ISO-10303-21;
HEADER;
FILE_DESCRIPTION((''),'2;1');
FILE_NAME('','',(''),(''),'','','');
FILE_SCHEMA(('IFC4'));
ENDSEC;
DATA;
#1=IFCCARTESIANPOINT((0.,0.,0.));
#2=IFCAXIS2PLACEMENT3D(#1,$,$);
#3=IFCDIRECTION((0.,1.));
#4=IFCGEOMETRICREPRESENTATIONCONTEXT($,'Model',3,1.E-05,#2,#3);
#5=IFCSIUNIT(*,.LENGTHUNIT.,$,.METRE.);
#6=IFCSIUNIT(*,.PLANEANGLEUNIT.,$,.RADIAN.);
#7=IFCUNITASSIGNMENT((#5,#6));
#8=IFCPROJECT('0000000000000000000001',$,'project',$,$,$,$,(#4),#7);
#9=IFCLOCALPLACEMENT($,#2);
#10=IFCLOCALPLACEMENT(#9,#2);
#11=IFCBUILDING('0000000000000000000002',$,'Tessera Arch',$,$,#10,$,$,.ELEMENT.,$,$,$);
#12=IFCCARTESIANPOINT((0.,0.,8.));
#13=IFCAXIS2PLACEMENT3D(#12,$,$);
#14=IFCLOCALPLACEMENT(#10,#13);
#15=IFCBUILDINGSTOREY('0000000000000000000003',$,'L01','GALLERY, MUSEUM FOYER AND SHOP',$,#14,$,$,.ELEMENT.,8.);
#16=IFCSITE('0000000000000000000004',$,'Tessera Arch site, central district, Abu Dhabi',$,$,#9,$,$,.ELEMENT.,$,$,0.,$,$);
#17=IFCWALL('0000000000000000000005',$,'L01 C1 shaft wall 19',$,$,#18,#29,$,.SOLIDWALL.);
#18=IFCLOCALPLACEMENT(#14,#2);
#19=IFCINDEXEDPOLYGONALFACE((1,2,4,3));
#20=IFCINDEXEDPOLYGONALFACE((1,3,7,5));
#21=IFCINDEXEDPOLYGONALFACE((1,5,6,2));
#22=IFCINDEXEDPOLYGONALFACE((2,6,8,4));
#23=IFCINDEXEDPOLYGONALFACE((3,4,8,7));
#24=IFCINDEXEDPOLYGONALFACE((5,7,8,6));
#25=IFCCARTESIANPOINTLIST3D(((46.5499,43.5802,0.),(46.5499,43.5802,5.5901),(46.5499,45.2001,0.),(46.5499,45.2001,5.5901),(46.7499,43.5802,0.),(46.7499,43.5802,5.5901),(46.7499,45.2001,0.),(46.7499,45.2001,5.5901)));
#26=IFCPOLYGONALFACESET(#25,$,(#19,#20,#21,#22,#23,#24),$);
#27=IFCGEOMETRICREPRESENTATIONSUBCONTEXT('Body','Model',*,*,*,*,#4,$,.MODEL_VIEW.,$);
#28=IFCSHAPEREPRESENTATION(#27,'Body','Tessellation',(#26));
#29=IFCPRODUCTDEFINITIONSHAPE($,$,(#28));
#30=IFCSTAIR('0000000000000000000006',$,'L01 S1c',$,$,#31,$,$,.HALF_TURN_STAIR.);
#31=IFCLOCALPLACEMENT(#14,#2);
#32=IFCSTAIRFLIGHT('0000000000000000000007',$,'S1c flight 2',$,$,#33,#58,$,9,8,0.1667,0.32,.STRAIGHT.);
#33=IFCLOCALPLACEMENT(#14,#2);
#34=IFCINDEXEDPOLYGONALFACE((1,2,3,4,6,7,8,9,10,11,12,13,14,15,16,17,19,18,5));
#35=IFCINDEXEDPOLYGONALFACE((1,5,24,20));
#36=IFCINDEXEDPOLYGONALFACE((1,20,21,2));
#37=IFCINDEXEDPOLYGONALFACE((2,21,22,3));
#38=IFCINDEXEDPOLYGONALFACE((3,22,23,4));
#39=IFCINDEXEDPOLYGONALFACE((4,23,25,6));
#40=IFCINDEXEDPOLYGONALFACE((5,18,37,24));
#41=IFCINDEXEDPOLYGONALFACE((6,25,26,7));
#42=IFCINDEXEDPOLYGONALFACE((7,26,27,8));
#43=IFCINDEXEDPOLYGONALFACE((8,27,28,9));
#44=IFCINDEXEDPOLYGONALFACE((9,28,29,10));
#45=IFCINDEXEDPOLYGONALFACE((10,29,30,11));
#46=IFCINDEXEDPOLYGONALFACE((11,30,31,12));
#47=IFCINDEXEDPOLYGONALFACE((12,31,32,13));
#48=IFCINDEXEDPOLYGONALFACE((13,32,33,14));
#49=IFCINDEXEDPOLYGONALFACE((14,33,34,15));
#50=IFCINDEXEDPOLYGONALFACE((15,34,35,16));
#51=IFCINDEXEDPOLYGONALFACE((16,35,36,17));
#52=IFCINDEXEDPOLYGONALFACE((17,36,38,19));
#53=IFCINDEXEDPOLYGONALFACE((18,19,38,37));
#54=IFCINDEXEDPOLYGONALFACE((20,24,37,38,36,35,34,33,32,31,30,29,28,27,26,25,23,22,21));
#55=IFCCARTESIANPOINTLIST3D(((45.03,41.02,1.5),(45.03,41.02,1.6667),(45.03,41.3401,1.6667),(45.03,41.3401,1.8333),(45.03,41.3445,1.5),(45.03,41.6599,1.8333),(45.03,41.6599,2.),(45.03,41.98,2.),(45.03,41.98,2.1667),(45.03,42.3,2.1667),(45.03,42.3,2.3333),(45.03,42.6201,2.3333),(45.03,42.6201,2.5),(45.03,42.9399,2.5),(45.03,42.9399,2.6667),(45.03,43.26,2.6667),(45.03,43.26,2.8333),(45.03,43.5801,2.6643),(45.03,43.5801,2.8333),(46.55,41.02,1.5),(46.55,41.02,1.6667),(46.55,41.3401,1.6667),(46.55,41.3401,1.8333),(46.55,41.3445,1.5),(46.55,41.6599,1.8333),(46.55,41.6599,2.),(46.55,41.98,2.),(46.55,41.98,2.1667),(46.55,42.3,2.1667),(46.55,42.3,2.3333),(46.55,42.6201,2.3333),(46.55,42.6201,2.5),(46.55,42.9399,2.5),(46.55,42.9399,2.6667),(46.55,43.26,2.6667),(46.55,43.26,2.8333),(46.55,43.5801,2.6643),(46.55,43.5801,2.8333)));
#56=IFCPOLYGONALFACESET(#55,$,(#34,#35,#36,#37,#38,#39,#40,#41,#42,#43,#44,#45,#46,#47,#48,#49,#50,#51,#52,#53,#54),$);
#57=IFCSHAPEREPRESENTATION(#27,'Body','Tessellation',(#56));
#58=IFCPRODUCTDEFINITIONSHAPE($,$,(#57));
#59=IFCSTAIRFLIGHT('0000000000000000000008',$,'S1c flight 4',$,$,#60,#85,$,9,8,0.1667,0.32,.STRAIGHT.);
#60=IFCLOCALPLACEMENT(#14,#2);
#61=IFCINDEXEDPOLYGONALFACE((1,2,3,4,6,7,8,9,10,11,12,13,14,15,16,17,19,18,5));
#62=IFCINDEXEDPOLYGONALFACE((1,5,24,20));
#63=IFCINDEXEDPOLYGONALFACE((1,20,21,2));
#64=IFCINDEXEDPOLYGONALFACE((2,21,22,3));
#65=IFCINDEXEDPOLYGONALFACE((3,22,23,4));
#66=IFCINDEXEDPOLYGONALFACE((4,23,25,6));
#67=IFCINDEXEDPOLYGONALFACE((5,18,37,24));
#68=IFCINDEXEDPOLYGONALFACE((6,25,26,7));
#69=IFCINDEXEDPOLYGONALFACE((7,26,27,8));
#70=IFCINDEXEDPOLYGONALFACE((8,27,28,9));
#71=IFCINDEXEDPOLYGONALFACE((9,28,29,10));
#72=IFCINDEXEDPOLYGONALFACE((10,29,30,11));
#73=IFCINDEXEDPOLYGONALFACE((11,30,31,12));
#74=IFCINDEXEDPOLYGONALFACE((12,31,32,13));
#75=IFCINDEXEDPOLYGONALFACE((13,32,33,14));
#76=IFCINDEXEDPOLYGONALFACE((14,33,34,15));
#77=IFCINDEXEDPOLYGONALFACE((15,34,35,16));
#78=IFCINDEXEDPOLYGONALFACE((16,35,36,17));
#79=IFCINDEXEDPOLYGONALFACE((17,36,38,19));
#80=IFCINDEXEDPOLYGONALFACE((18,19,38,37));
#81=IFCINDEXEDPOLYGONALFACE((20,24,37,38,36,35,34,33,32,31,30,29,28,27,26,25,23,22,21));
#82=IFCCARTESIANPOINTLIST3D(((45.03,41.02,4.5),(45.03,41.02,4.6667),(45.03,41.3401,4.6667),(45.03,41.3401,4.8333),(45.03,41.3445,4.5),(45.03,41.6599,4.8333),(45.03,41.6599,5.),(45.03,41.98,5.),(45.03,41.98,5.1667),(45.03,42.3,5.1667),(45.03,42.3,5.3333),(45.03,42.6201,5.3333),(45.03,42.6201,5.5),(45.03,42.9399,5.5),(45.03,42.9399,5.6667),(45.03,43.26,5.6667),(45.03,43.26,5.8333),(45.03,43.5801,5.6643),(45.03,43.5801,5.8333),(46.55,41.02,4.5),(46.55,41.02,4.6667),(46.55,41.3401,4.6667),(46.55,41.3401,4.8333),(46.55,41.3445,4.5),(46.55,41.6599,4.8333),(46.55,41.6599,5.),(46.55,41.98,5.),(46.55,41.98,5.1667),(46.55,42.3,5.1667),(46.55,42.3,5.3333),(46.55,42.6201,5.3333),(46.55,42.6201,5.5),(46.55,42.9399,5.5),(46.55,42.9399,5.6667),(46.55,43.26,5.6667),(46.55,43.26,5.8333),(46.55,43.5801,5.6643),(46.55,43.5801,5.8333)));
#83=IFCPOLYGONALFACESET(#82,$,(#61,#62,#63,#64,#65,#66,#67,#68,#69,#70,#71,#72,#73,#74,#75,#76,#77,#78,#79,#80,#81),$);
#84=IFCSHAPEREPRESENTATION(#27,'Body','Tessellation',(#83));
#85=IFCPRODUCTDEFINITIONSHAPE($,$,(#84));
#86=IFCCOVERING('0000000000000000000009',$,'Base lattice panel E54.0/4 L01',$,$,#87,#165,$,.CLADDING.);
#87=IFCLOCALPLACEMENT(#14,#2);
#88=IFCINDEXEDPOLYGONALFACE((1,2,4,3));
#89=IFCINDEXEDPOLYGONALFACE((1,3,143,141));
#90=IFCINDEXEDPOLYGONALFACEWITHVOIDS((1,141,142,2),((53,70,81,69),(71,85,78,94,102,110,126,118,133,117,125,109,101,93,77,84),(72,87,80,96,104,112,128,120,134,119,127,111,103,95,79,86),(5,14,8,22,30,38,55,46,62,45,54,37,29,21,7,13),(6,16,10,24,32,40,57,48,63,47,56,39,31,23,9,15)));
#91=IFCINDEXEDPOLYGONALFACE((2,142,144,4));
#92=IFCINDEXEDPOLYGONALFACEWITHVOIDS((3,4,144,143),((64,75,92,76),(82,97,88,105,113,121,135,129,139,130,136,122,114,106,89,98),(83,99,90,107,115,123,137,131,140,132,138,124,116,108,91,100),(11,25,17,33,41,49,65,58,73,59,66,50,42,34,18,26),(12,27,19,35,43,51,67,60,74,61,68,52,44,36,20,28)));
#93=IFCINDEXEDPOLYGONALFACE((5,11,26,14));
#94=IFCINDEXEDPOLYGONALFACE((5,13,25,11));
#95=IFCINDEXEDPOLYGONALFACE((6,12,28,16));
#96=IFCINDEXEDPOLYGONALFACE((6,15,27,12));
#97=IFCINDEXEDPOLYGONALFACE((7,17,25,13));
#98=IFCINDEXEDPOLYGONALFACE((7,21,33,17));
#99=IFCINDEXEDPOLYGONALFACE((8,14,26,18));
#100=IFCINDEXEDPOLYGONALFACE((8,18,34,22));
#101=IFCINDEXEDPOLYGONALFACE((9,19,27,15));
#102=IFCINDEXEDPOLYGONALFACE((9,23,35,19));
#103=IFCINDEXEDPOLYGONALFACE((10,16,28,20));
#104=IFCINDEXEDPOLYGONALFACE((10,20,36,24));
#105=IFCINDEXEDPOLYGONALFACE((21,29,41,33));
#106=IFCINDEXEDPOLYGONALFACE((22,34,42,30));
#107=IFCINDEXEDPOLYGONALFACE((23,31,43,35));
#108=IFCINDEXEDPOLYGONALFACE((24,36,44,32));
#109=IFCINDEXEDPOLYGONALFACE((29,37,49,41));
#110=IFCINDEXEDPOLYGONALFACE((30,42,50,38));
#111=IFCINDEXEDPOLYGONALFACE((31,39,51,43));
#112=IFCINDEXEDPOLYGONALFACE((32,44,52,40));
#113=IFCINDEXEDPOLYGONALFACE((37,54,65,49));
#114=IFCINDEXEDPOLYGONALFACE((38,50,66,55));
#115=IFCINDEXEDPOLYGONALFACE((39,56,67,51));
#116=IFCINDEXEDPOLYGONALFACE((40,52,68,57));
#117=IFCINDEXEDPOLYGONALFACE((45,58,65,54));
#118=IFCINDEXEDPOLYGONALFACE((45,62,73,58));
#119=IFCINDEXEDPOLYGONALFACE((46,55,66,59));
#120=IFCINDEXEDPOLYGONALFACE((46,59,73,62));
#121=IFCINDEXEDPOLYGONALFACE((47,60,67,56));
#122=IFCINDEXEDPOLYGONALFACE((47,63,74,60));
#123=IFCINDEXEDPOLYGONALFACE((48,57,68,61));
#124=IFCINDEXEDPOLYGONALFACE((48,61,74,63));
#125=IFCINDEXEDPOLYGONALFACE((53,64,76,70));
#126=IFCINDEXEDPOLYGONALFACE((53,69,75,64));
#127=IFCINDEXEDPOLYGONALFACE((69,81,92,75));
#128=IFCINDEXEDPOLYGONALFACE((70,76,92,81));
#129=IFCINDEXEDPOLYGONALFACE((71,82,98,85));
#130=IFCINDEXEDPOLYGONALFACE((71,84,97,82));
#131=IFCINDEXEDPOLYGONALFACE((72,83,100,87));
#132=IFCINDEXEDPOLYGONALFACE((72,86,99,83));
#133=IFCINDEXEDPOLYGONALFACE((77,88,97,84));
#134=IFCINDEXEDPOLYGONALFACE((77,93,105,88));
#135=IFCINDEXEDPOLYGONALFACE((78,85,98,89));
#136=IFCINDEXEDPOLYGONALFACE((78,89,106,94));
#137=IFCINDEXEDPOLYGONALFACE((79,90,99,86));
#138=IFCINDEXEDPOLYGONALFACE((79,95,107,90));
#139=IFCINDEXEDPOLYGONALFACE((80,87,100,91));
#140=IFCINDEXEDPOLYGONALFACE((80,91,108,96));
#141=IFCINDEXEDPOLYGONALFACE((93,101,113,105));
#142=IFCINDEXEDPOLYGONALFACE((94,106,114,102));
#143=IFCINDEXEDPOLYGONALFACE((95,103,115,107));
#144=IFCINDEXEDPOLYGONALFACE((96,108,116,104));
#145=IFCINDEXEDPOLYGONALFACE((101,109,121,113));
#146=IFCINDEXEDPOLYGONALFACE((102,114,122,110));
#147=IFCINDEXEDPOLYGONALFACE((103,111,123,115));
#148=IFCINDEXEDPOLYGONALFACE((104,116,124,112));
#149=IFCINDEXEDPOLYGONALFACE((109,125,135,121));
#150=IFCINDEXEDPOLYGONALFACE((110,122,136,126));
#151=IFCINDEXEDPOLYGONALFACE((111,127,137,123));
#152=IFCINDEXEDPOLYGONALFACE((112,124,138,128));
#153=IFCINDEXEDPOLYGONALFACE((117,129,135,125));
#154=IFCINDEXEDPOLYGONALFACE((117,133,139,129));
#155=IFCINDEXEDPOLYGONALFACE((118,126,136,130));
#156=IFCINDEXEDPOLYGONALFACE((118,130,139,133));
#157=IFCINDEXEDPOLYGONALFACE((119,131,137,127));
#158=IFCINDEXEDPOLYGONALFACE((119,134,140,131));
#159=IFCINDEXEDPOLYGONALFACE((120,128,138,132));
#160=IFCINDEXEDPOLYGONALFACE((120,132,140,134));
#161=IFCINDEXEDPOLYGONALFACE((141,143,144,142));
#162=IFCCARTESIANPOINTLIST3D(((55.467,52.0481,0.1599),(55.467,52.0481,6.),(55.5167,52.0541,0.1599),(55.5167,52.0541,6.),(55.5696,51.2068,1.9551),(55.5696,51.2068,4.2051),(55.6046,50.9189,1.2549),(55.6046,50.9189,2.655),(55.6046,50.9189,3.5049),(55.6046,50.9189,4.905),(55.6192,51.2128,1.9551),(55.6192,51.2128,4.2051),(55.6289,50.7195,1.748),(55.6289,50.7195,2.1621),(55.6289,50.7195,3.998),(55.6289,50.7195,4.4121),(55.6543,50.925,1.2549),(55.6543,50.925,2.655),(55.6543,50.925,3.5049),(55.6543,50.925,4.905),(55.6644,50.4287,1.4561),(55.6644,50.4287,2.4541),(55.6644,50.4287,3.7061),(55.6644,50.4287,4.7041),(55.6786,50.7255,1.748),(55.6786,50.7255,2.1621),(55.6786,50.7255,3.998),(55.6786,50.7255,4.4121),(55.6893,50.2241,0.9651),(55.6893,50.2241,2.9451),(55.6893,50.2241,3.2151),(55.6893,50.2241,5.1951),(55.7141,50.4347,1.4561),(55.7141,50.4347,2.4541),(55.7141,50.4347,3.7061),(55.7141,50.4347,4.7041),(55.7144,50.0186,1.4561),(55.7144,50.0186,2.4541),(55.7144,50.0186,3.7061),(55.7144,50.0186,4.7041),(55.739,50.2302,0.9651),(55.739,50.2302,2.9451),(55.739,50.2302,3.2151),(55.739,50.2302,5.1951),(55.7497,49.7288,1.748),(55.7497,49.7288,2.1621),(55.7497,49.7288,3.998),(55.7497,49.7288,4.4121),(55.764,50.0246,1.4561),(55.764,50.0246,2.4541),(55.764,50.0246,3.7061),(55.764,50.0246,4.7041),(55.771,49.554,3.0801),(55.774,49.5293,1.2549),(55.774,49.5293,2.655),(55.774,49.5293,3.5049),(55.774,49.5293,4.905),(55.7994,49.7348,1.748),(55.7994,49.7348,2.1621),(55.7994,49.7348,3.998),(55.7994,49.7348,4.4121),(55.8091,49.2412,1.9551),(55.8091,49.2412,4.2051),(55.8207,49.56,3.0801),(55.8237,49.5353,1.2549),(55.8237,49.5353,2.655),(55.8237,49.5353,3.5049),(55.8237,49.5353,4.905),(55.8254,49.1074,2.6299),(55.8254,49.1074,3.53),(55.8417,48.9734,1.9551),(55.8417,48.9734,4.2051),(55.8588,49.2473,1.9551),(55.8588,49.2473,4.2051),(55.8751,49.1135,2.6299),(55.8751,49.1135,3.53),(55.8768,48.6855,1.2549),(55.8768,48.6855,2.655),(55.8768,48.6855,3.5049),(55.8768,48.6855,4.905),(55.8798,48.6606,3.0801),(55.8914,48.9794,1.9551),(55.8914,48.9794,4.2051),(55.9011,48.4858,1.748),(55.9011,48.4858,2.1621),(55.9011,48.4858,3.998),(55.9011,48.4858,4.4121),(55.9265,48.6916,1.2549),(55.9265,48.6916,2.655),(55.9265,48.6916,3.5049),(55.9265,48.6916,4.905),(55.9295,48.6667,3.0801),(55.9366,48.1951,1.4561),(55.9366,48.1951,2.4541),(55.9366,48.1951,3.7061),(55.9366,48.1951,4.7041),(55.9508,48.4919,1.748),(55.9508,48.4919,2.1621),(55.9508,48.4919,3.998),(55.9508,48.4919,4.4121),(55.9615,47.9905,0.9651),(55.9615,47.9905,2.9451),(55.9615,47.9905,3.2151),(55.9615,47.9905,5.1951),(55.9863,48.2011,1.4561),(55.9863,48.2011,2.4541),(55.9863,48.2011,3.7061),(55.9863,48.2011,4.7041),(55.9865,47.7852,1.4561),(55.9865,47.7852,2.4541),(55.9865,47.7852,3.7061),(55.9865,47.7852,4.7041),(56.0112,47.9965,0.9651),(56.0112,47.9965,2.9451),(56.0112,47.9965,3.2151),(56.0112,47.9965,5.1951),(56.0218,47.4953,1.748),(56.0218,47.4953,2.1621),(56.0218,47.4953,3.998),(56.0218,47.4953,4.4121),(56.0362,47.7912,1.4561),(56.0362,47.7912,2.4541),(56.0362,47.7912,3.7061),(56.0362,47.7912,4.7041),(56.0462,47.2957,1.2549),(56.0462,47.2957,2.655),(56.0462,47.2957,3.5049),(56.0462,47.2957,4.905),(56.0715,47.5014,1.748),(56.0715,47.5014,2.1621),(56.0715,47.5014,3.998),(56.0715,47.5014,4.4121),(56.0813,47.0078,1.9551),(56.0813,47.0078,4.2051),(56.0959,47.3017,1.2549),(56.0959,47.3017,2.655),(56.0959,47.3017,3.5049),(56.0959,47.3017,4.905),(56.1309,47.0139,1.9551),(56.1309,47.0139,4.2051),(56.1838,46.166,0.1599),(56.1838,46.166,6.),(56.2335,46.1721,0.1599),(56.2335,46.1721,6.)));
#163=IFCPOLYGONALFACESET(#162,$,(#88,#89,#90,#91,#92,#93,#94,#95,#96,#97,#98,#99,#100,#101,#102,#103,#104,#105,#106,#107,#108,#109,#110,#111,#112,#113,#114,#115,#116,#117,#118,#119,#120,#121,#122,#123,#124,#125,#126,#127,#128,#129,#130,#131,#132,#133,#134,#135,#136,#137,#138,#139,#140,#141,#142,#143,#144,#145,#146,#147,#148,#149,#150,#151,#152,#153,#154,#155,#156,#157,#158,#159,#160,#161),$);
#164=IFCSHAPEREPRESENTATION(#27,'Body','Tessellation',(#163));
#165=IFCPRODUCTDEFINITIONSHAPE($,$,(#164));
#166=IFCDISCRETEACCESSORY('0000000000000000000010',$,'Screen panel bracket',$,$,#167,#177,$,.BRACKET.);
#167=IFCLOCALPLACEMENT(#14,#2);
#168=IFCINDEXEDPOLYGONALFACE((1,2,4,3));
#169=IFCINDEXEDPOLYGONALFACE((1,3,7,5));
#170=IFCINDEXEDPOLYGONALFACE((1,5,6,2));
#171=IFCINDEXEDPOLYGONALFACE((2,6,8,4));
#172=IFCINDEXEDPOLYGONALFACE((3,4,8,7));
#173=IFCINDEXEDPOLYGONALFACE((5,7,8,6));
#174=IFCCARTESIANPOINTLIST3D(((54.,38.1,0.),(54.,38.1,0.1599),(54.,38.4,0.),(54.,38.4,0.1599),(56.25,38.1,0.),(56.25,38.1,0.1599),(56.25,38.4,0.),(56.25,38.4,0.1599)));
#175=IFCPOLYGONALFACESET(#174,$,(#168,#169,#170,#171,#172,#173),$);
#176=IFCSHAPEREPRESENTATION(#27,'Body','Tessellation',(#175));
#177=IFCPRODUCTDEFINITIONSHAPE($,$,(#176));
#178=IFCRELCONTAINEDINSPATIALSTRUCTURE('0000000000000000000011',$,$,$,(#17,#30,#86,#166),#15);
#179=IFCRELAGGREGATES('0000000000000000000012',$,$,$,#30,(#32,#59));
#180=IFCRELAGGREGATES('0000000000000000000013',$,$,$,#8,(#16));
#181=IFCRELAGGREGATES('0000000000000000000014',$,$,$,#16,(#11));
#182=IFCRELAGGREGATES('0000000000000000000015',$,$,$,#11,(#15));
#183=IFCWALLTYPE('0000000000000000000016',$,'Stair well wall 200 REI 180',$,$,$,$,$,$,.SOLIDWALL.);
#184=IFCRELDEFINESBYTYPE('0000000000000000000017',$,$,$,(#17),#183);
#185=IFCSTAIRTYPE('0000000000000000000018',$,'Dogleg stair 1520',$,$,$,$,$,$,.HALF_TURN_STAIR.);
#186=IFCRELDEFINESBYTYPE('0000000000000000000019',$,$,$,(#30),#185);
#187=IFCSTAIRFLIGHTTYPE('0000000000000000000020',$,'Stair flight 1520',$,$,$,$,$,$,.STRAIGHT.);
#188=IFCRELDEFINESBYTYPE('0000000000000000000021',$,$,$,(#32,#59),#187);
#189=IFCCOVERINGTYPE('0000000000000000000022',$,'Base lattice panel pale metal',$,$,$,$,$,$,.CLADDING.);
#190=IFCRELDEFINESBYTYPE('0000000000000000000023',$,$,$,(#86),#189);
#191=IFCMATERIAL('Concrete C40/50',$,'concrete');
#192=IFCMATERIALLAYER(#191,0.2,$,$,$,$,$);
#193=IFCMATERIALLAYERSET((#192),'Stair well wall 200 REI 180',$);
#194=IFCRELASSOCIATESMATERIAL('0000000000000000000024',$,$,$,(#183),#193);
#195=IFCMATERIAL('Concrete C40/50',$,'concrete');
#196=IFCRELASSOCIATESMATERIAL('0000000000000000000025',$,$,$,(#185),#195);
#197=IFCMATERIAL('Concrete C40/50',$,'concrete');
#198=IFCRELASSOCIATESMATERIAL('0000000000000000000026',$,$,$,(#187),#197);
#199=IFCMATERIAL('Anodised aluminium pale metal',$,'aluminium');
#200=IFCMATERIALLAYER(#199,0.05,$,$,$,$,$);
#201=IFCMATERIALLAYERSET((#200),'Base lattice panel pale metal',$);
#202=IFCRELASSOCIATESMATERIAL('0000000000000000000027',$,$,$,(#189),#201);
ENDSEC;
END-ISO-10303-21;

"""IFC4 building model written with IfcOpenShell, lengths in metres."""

from ifc_helpers import new_model, si_unit, direction, frame, frame_2d, origin, origin_2d, place, context, subcontext, project, spatial, polyline, rectangle, outline, extrude, material, layer, layer_set, type_object, element, aggregate, save


model = new_model("IFC4")

# Units and contexts
model_context = context("Model", 3, precision=1e-05, world=origin(), true_north=direction((0.0, 1.0)))
body_context = subcontext(model_context, "Body", "Model", "MODEL_VIEW")
ifc_project = project(units=[si_unit("LENGTHUNIT", "METRE"), si_unit("PLANEANGLEUNIT", "RADIAN")], contexts=[model_context])

# Site, building, storey
site_placement = place(None, origin())
site = spatial("IfcSite", under=ifc_project, at=site_placement, Name="Tessera Arch site, central district, Abu Dhabi", CompositionType="ELEMENT", RefElevation=0.0)
building_placement = place(site_placement, origin())
building = spatial("IfcBuilding", under=site, at=building_placement, Name="Tessera Arch", CompositionType="ELEMENT")
storey_placement = place(building_placement, frame((0.0, 0.0, 8.0)))
storey = spatial("IfcBuildingStorey", under=building, at=storey_placement, Name="L01", Description="GALLERY, MUSEUM FOYER AND SHOP", CompositionType="ELEMENT", Elevation=8.0)

# Wall
ifc_material_1 = material(Name="Concrete C40/50", Category="concrete")
ifc_layer_1 = layer(ifc_material_1, 0.2)
ifc_layer_set_1 = layer_set([ifc_layer_1], Name="Stair well wall 200 REI 180")
wall_type_1 = type_object("IfcWallType", Name="Stair well wall 200 REI 180", PredefinedType="SOLIDWALL", material=ifc_layer_set_1)
wall_1_placement = place(storey_placement, frame((46.6499, 43.5801, 0.0), z_axis=(0.0, 0.0, 1.0), x_axis=(0.0, 1.0, 0.0)))
element("IfcWall", 1, at=wall_1_placement, inside=storey, type_object=wall_type_1, Name="L01 C1 shaft wall 19", PredefinedType="SOLIDWALL", context=body_context, shape_type="SweptSolid", body=[
    extrude(rectangle(XDim=1.6199, YDim=0.2, at=frame_2d((0.8101, 0.0))), origin(), (0.0, 0.0, 1.0), 5.5901),
])

# Stair, stair flights
ifc_material_2 = material(Name="Concrete C40/50", Category="concrete")
stair_type = type_object("IfcStairType", Name="Dogleg stair 1520", PredefinedType="HALF_TURN_STAIR", material=ifc_material_2)
stair_placement = place(storey_placement, origin())
stair = element("IfcStair", 2, at=stair_placement, inside=storey, type_object=stair_type, Name="L01 S1c", PredefinedType="HALF_TURN_STAIR")
ifc_material_3 = material(Name="Concrete C40/50", Category="concrete")
stair_flight_type = type_object("IfcStairFlightType", Name="Stair flight 1520", PredefinedType="STRAIGHT", material=ifc_material_3)
stair_flight_1_placement = place(storey_placement, frame((45.79, 41.02, 1.5), z_axis=(0.0, 0.0, 1.0), x_axis=(0.0, 1.0, 0.0)))
stair_flight_1 = element("IfcStairFlight", 3, at=stair_flight_1_placement, type_object=stair_flight_type, Name="S1c flight 2", NumberOfRisers=9, NumberOfTreads=8, PredefinedType="STRAIGHT", RiserHeight=0.1667, TreadLength=0.32, context=body_context, shape_type="SweptSolid", body=[
    extrude(outline(polyline([(0.0, 0.0), (0.0, 0.1667), (0.3201, 0.1667), (0.3201, 0.3333), (0.6399, 0.3333), (0.6399, 0.5), (0.96, 0.5), (0.96, 0.6667), (1.28, 0.6667), (1.28, 0.8333), (1.6001, 0.8333), (1.6001, 1.0), (1.9199, 1.0), (1.9199, 1.1667), (2.24, 1.1667), (2.24, 1.3333), (2.5601, 1.3333), (2.5601, 1.5), (2.5601, 1.1643), (0.3245, 0.0), (0.0, 0.0)])), frame((0.0, 0.76, 0.0), z_axis=(0.0, -1.0, 0.0), x_axis=(1.0, 0.0, 0.0)), (0.0, 0.0, 1.0), 1.52),
])
stair_flight_2_placement = place(storey_placement, frame((45.79, 41.02, 4.5), z_axis=(0.0, 0.0, 1.0), x_axis=(0.0, 1.0, 0.0)))
stair_flight_2 = element("IfcStairFlight", 4, at=stair_flight_2_placement, type_object=stair_flight_type, Name="S1c flight 4", NumberOfRisers=9, NumberOfTreads=8, PredefinedType="STRAIGHT", RiserHeight=0.1667, TreadLength=0.32, context=body_context, shape_type="SweptSolid", body=[
    extrude(outline(polyline([(0.0, 0.0), (0.0, 0.1667), (0.3201, 0.1667), (0.3201, 0.3333), (0.6399, 0.3333), (0.6399, 0.5), (0.96, 0.5), (0.96, 0.6667), (1.28, 0.6667), (1.28, 0.8333), (1.6001, 0.8333), (1.6001, 1.0), (1.9199, 1.0), (1.9199, 1.1667), (2.24, 1.1667), (2.24, 1.3333), (2.5601, 1.3333), (2.5601, 1.5), (2.5601, 1.1643), (0.3245, 0.0), (0.0, 0.0)])), frame((0.0, 0.76, 0.0), z_axis=(0.0, -1.0, 0.0), x_axis=(1.0, 0.0, 0.0)), (0.0, 0.0, 1.0), 1.52),
])
aggregate(stair, [stair_flight_1, stair_flight_2])

# Covering
ifc_material_4 = material(Name="Anodised aluminium pale metal", Category="aluminium")
ifc_layer_2 = layer(ifc_material_4, 0.05)
ifc_layer_set_2 = layer_set([ifc_layer_2], Name="Base lattice panel pale metal")
covering_type = type_object("IfcCoveringType", Name="Base lattice panel pale metal", PredefinedType="CLADDING", material=ifc_layer_set_2)
covering_placement = place(storey_placement, frame((56.1838, 46.166, 6.0), z_axis=(-0.992657, -0.120966, 0.0), x_axis=(-0.120966, 0.992657, 0.0)))
element("IfcCovering", 5, at=covering_placement, inside=storey, type_object=covering_type, Name="Base lattice panel E54.0/4 L01", PredefinedType="CLADDING", context=body_context, shape_type="SweptSolid", body=[
    extrude(outline(polyline([(0.0, 0.0), (5.9256, 0.0), (5.9256, 5.8401), (0.0, 5.8401), (0.0, 0.0)]), holes=[polyline([(2.8281, 4.0449), (2.337, 3.8379), (2.5382, 3.345), (2.0441, 3.5459), (1.838, 3.0549), (1.6311, 3.5459), (1.138, 3.345), (1.3392, 3.8379), (0.848, 4.0449), (1.3392, 4.252), (1.138, 4.7451), (1.6311, 4.5439), (1.838, 5.0349), (2.0441, 4.5439), (2.5382, 4.7451), (2.337, 4.252), (2.8281, 4.0449)]), polyline([(2.8281, 1.7949), (2.337, 1.5879), (2.5382, 1.095), (2.0441, 1.2959), (1.838, 0.8049), (1.6311, 1.2959), (1.138, 1.095), (1.3392, 1.5879), (0.848, 1.7949), (1.3392, 2.002), (1.138, 2.4951), (1.6311, 2.2939), (1.838, 2.7849), (2.0441, 2.2939), (2.5382, 2.4951), (2.337, 2.002), (2.8281, 1.7949)]), polyline([(5.0781, 4.0449), (4.5872, 3.8379), (4.7881, 3.345), (4.2942, 3.5459), (4.0881, 3.0549), (3.881, 3.5459), (3.3881, 3.345), (3.5891, 3.8379), (3.0979, 4.0449), (3.5891, 4.252), (3.3881, 4.7451), (3.881, 4.5439), (4.0881, 5.0349), (4.2942, 4.5439), (4.7881, 4.7451), (4.5872, 4.252), (5.0781, 4.0449)]), polyline([(5.0781, 1.7949), (4.5872, 1.5879), (4.7881, 1.095), (4.2942, 1.2959), (4.0881, 0.8049), (3.881, 1.2959), (3.3881, 1.095), (3.5891, 1.5879), (3.0979, 1.7949), (3.5891, 2.002), (3.3881, 2.4951), (3.881, 2.2939), (4.0881, 2.7849), (4.2942, 2.2939), (4.7881, 2.4951), (4.5872, 2.002), (5.0781, 1.7949)]), polyline([(3.413, 2.9199), (2.9632, 2.47), (2.5131, 2.9199), (2.9632, 3.3701), (3.413, 2.9199)])]), origin(), (0.0, 0.0, -1.0), 0.05),
])

# Discrete accessory
for number, where, z_axis, x_axis, name in (
    (6, (55.125, 38.25, 0.0), (0.0, 0.0, 1.0), (1.0, 0.0, 0.0), "Screen panel bracket"),
):
    element("IfcDiscreteAccessory", number, at=place(storey_placement, frame(where, z_axis=z_axis, x_axis=x_axis)), inside=storey, Name=name, PredefinedType="BRACKET", context=body_context, shape_type="SweptSolid", body=[
        extrude(rectangle(XDim=2.25, YDim=0.3, at=origin_2d()), origin(), (0.0, 0.0, 1.0), 0.1599),
    ])

save(model, "model.ifc")
